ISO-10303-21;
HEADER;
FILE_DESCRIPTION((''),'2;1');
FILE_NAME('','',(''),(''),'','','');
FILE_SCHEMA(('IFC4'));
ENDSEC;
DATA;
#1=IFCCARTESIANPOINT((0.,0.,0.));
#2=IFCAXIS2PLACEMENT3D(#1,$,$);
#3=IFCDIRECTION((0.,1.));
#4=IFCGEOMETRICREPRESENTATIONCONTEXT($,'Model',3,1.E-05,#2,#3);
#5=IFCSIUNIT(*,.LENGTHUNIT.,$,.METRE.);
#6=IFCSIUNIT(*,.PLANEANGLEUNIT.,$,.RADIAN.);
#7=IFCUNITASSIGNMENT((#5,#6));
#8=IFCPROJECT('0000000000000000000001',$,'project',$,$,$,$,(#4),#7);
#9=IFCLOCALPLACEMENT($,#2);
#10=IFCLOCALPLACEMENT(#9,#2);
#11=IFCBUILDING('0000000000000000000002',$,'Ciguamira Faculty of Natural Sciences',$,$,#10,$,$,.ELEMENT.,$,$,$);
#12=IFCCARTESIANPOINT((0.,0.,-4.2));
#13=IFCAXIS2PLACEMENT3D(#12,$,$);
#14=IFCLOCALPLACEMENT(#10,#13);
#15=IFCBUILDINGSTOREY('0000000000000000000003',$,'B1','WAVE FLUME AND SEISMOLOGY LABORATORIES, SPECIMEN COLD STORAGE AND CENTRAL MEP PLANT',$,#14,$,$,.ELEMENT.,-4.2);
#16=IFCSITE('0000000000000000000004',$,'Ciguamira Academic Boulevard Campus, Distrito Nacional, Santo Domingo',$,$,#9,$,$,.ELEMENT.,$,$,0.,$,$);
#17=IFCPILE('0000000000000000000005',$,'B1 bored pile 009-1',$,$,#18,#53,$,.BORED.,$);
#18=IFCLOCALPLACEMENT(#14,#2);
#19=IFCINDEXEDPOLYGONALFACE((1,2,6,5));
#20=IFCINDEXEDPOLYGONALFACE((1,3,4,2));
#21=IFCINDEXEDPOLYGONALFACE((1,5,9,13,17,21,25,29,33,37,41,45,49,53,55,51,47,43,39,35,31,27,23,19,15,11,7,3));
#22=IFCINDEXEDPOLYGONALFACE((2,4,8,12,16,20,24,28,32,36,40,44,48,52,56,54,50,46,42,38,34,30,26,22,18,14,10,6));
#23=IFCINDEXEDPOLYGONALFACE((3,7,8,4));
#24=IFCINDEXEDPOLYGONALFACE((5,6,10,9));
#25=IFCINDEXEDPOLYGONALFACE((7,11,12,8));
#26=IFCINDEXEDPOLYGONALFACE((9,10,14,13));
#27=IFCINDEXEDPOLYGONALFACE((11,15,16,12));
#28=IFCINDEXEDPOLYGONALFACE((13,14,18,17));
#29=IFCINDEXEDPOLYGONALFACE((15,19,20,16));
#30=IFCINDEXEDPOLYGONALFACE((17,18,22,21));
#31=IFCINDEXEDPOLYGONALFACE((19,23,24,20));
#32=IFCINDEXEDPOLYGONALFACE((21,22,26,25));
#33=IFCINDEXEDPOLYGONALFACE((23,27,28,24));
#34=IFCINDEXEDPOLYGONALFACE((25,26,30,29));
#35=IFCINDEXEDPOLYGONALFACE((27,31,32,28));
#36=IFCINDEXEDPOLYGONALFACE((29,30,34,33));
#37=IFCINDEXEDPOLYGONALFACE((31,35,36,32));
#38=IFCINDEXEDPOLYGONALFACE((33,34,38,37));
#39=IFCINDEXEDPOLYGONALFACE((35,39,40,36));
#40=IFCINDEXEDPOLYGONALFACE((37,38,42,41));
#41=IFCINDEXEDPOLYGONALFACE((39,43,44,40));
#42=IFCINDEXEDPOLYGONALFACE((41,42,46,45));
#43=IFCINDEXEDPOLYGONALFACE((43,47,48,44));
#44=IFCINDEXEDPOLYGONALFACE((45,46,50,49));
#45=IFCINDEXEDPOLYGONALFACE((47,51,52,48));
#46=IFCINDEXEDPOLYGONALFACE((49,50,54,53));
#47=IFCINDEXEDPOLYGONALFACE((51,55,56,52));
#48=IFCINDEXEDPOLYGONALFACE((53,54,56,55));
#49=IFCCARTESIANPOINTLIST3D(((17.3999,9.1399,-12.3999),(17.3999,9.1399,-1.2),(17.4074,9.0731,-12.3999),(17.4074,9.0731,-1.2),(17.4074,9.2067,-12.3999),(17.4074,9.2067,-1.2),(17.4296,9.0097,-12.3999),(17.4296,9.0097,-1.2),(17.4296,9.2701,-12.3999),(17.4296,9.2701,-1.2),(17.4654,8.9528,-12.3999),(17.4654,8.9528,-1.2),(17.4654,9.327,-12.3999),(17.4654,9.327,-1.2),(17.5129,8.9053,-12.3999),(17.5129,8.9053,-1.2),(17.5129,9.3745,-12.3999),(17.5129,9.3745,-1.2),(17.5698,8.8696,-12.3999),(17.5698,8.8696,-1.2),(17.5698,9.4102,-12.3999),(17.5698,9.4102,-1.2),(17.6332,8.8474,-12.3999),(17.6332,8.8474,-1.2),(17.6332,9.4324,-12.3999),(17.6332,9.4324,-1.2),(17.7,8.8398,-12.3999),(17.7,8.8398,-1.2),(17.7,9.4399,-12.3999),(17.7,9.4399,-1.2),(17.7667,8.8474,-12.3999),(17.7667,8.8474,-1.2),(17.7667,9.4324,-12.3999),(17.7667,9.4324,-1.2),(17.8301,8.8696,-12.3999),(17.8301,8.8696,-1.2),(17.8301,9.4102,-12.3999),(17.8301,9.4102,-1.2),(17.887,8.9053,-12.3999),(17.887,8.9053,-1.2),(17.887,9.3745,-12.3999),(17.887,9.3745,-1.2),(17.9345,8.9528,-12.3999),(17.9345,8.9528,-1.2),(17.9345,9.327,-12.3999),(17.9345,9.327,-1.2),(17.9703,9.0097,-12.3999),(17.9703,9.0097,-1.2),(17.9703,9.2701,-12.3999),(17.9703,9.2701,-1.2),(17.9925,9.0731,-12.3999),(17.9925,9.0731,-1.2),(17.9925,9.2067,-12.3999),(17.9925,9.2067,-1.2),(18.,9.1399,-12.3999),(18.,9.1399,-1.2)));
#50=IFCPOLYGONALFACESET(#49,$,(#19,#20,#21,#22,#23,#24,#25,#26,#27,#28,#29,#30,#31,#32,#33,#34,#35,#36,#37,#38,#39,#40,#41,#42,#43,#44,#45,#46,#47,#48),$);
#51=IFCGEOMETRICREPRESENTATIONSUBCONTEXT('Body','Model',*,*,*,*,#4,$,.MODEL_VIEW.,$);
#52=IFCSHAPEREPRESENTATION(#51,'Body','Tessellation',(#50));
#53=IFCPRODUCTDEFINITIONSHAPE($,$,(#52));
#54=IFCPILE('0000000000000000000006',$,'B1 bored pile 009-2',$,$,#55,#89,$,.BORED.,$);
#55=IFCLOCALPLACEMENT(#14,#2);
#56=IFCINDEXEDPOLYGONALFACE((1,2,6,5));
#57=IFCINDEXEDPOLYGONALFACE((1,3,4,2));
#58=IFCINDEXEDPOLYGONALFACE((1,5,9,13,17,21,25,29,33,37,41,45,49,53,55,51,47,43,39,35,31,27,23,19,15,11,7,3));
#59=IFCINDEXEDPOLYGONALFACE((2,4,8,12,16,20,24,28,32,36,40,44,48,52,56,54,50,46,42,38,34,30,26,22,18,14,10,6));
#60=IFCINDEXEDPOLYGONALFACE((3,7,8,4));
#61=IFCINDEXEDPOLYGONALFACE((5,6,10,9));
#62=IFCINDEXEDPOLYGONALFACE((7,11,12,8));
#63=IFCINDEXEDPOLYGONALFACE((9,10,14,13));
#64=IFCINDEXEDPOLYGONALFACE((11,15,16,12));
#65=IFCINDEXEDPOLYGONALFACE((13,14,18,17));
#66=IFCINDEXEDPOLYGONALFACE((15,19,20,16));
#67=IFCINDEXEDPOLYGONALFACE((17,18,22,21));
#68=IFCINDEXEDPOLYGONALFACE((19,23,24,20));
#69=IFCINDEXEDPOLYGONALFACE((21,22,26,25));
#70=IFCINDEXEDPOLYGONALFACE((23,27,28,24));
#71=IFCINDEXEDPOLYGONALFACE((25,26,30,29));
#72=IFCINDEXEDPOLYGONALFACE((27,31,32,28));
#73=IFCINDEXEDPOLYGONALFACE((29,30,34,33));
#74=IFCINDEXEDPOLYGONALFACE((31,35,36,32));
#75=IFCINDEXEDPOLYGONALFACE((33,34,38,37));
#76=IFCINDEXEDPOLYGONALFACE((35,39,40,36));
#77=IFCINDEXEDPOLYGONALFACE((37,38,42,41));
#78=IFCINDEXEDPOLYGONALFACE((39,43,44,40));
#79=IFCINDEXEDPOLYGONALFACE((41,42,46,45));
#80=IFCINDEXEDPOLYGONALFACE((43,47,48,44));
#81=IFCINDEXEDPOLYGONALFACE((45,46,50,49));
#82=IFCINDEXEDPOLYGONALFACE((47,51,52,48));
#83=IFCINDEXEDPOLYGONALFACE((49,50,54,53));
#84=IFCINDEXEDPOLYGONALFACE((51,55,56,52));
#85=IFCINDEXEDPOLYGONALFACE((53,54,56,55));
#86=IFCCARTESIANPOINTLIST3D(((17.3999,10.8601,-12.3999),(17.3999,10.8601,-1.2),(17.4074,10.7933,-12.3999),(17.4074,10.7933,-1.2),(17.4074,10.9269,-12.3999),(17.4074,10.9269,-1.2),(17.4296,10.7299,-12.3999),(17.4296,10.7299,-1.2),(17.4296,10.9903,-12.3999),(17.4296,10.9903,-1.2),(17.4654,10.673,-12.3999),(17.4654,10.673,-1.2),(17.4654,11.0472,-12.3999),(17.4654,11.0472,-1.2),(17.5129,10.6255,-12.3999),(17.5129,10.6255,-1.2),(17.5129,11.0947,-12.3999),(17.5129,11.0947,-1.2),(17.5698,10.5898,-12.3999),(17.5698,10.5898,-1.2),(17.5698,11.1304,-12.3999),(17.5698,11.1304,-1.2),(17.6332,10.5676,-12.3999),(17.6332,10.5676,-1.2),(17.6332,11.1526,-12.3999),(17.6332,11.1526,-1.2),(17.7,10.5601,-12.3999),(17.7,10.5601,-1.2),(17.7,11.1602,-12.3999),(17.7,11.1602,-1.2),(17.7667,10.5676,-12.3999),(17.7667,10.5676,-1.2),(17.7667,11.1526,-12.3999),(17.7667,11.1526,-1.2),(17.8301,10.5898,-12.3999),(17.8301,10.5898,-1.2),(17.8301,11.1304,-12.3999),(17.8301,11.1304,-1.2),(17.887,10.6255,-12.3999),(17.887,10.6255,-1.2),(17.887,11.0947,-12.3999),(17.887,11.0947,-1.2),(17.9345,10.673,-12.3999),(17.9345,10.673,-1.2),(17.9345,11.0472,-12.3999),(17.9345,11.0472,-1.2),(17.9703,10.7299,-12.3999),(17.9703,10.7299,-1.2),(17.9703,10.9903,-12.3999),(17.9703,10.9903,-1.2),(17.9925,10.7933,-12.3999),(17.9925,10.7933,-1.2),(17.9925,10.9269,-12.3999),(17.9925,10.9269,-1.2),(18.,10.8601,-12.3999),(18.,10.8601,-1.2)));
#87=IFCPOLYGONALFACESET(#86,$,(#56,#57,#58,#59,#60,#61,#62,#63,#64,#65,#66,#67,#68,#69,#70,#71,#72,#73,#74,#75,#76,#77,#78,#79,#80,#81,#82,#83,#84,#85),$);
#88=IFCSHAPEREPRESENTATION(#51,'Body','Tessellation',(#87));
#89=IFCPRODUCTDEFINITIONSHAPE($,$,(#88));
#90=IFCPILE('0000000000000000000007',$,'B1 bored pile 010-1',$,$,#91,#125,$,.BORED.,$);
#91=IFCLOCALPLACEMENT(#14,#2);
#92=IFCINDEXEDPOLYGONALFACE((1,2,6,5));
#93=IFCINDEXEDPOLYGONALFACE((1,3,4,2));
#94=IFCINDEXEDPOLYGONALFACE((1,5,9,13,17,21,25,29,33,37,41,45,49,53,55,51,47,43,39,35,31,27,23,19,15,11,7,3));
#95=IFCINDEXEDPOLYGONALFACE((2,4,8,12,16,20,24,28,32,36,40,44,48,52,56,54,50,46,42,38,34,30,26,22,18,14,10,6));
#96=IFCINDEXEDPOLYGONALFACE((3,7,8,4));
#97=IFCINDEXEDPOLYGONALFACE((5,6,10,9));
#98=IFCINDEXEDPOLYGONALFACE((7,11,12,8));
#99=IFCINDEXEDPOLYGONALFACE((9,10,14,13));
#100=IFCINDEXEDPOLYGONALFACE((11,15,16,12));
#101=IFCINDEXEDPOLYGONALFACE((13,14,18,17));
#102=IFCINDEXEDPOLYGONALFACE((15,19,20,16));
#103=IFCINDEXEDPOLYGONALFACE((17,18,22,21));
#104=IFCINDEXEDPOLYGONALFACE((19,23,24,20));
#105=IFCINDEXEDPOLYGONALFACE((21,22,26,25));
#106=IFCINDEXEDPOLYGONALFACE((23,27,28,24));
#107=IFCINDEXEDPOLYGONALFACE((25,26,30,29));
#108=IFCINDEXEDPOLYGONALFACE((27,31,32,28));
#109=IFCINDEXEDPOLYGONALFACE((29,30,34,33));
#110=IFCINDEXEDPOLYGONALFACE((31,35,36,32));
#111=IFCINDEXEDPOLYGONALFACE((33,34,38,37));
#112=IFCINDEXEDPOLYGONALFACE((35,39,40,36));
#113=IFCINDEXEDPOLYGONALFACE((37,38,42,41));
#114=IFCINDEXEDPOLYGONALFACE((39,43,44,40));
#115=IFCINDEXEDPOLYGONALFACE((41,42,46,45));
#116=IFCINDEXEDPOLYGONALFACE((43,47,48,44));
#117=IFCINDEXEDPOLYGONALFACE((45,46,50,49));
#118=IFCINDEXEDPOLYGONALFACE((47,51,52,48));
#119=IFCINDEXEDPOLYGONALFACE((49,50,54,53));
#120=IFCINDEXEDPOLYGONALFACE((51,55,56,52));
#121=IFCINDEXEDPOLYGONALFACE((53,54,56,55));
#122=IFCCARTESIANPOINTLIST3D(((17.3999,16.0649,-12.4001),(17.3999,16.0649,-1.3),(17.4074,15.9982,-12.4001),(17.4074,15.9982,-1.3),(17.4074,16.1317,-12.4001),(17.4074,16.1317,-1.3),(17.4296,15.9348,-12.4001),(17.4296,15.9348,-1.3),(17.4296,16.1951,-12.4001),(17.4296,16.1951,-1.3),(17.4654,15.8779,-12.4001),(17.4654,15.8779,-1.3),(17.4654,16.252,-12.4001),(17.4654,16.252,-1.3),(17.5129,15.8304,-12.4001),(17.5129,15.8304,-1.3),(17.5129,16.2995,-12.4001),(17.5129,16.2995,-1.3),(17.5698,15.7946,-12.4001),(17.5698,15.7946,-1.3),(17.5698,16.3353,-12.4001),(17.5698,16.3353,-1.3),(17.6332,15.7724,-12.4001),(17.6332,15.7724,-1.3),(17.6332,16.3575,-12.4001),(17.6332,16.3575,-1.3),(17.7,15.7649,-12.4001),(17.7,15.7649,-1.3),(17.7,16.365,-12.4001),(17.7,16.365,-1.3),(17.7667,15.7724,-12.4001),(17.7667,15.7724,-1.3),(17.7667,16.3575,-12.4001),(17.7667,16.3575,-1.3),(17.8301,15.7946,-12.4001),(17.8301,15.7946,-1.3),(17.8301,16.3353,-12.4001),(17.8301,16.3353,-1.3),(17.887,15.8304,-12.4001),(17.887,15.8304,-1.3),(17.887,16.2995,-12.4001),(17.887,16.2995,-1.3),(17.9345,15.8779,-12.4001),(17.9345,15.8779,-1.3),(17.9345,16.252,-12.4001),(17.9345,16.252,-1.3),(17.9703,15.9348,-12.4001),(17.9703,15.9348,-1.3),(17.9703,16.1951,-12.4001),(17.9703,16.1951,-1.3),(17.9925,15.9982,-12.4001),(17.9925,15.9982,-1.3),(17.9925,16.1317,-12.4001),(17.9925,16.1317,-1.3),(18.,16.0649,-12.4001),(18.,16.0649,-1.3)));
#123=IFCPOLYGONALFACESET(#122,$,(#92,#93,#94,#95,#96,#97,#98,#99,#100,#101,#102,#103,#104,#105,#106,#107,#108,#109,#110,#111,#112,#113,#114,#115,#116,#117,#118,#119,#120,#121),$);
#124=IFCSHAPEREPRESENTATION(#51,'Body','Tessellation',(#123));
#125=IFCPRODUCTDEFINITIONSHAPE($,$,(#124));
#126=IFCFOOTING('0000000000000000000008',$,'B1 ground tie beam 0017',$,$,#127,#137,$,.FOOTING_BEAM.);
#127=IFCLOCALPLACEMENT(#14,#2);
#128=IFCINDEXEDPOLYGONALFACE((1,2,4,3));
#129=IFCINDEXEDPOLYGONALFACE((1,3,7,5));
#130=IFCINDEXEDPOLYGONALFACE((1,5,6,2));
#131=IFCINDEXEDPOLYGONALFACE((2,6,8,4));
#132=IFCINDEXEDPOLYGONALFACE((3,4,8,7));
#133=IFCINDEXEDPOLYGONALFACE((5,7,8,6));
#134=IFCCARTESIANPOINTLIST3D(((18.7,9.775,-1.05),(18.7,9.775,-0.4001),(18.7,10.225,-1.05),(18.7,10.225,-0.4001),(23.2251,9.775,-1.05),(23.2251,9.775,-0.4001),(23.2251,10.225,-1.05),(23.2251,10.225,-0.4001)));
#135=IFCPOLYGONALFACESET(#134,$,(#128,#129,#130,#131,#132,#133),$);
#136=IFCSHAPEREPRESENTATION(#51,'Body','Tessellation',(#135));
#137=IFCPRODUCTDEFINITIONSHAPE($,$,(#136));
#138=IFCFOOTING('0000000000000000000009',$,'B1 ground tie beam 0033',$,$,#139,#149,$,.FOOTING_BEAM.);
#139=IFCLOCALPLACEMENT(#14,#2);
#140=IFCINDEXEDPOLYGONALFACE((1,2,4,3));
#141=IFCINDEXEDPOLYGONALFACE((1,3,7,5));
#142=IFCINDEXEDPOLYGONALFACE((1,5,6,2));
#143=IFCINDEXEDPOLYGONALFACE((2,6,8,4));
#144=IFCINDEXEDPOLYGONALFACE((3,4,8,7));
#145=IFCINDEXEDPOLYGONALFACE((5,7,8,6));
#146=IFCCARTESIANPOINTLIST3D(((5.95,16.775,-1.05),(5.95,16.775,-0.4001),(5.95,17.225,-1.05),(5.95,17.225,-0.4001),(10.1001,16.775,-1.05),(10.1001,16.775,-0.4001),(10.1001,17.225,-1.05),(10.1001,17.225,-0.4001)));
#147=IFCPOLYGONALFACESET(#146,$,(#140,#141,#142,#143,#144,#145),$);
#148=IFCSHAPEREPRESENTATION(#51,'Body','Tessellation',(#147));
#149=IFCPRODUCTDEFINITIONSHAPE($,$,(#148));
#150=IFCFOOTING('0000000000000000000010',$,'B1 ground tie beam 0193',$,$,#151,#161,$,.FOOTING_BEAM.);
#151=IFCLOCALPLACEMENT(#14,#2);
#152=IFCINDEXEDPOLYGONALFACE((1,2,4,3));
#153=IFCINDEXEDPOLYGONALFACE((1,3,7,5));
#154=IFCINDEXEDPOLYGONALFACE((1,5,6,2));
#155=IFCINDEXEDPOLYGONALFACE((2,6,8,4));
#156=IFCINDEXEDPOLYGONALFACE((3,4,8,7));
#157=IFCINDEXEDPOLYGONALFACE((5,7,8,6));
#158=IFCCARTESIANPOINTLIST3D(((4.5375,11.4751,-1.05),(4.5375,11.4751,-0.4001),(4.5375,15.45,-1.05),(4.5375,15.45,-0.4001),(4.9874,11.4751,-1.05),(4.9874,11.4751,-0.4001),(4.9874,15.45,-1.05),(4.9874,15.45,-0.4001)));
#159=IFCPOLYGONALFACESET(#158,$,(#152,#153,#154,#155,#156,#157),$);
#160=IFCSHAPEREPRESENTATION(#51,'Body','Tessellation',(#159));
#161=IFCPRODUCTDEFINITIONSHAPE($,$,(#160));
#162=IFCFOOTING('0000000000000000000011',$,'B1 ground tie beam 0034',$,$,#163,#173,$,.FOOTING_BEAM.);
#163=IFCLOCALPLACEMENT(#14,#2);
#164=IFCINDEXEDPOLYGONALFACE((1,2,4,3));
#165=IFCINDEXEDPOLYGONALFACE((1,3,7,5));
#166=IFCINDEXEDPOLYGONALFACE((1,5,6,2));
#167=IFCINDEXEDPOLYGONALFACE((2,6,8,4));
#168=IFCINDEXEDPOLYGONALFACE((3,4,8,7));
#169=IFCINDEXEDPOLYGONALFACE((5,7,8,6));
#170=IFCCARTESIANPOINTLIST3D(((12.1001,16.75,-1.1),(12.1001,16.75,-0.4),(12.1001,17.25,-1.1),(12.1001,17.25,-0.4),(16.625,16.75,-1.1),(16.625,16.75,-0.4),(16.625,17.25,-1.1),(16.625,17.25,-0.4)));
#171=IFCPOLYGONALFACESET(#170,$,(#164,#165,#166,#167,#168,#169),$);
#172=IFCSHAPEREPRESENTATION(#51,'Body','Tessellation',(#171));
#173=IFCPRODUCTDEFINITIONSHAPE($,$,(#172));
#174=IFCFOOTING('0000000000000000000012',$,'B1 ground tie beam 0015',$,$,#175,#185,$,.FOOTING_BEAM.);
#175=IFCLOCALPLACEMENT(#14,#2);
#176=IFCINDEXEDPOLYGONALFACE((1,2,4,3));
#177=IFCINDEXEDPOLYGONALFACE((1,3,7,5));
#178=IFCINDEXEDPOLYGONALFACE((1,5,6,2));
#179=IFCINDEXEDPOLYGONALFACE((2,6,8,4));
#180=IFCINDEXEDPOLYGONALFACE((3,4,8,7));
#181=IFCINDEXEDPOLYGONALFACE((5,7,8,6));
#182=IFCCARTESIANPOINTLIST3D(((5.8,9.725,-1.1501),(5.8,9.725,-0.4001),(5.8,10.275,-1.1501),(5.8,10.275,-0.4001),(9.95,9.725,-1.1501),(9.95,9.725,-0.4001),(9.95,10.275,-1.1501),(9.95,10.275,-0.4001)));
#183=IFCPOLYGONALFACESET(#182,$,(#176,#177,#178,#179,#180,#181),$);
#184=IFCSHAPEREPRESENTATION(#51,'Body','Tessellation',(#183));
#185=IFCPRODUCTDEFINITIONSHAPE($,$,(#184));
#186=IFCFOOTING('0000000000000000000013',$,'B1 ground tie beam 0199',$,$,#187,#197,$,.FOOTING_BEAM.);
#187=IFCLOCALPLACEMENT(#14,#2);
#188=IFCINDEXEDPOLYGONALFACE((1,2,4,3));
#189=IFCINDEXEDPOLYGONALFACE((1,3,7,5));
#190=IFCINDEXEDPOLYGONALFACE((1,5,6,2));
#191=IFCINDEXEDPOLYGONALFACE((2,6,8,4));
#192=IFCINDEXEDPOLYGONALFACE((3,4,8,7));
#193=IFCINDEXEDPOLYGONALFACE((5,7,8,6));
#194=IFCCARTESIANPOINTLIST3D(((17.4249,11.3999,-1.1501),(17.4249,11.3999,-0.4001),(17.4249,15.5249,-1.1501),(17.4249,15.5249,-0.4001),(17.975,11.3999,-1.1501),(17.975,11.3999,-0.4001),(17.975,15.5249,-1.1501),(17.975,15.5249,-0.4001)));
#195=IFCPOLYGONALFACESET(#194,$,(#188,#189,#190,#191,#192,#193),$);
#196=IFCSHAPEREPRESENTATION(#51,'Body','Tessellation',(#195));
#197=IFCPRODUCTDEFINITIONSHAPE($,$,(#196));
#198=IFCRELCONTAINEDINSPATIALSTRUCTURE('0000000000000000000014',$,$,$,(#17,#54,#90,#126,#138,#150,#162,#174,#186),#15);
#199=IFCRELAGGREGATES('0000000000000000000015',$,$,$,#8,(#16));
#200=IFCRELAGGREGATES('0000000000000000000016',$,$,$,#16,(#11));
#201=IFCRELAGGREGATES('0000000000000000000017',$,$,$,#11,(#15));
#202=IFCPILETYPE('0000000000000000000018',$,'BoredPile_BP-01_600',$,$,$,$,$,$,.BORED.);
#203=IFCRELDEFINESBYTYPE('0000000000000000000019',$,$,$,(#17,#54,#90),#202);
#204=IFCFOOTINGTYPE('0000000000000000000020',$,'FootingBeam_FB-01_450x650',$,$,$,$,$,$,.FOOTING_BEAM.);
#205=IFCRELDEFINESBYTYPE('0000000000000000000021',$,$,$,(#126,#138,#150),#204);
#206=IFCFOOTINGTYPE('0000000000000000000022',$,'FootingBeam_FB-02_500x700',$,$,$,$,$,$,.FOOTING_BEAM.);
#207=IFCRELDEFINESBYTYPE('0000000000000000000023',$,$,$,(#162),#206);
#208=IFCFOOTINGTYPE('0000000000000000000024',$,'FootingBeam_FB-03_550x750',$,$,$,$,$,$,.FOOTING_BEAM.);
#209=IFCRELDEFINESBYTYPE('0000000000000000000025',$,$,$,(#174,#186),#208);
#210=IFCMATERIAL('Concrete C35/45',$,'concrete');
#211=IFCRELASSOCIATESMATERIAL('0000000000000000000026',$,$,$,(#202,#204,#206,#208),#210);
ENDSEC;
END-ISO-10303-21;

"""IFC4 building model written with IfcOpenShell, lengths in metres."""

from ifc_helpers import new_model, si_unit, direction, frame, origin, origin_2d, place, context, subcontext, project, spatial, rectangle, circle, extrude, material, material_profile, profile_set, type_object, element, save


model = new_model("IFC4")

# Units and contexts
model_context = context("Model", 3, precision=1e-05, world=origin(), true_north=direction((0.0, 1.0)))
body_context = subcontext(model_context, "Body", "Model", "MODEL_VIEW")
ifc_project = project(units=[si_unit("LENGTHUNIT", "METRE"), si_unit("PLANEANGLEUNIT", "RADIAN")], contexts=[model_context])

# Site, building, storey
site_placement = place(None, origin())
site = spatial("IfcSite", under=ifc_project, at=site_placement, Name="Ciguamira Academic Boulevard Campus, Distrito Nacional, Santo Domingo", CompositionType="ELEMENT", RefElevation=0.0)
building_placement = place(site_placement, origin())
building = spatial("IfcBuilding", under=site, at=building_placement, Name="Ciguamira Faculty of Natural Sciences", CompositionType="ELEMENT")
storey_placement = place(building_placement, frame((0.0, 0.0, -4.2)))
storey = spatial("IfcBuildingStorey", under=building, at=storey_placement, Name="B1", Description="WAVE FLUME AND SEISMOLOGY LABORATORIES, SPECIMEN COLD STORAGE AND CENTRAL MEP PLANT", CompositionType="ELEMENT", Elevation=-4.2)

# Piles
ifc_material_1 = material(Name="Concrete C35/45", Category="concrete")
ifc_material_profile_1 = material_profile(ifc_material_1, circle(Radius=0.3, at=origin_2d()), Name="PILE-BORED-600")
ifc_profile_set_1 = profile_set([ifc_material_profile_1], Name="Concrete C35/45")
pile_type = type_object("IfcPileType", Name="BoredPile_BP-01_600", PredefinedType="BORED", material=ifc_profile_set_1)
for number, where, z_axis, x_axis, name in (
    (1, (17.7, 9.1399, -1.2), (0.0, 0.0, -1.0), (1.0, 0.0, 0.0), "B1 bored pile 009-1"),
    (2, (17.7, 10.8601, -1.2), (0.0, 0.0, -1.0), (1.0, 0.0, 0.0), "B1 bored pile 009-2"),
):
    element("IfcPile", number, at=place(storey_placement, frame(where, z_axis=z_axis, x_axis=x_axis)), inside=storey, type_object=pile_type, Name=name, PredefinedType="BORED", context=body_context, shape_type="SweptSolid", body=[
        extrude(circle(Radius=0.3, at=origin_2d()), origin(), (0.0, 0.0, 1.0), 11.2),
    ])
pile_placement = place(storey_placement, frame((17.7, 16.0649, -1.3), z_axis=(0.0, 0.0, -1.0), x_axis=(1.0, 0.0, 0.0)))
element("IfcPile", 3, at=pile_placement, inside=storey, type_object=pile_type, Name="B1 bored pile 010-1", PredefinedType="BORED", context=body_context, shape_type="SweptSolid", body=[
    extrude(circle(Radius=0.3, at=origin_2d()), origin(), (0.0, 0.0, 1.0), 11.1001),
])

# Footings
ifc_material_profile_2 = material_profile(ifc_material_1, rectangle(XDim=0.45, YDim=0.6499, at=origin_2d()), Name="RC-FB-450X650")
ifc_profile_set_2 = profile_set([ifc_material_profile_2], Name="Concrete C35/45")
footing_type_1 = type_object("IfcFootingType", Name="FootingBeam_FB-01_450x650", PredefinedType="FOOTING_BEAM", material=ifc_profile_set_2)
footing_1_placement = place(storey_placement, frame((18.7, 10.0, -0.7251), z_axis=(1.0, 0.0, 0.0), x_axis=(0.0, 1.0, 0.0)))
element("IfcFooting", 4, at=footing_1_placement, inside=storey, type_object=footing_type_1, Name="B1 ground tie beam 0017", PredefinedType="FOOTING_BEAM", context=body_context, shape_type="SweptSolid", body=[
    extrude(rectangle(XDim=0.45, YDim=0.6499, at=origin_2d()), origin(), (0.0, 0.0, 1.0), 4.5251),
])
footing_2_placement = place(storey_placement, frame((5.95, 17.0, -0.7251), z_axis=(1.0, 0.0, 0.0), x_axis=(0.0, 1.0, 0.0)))
element("IfcFooting", 5, at=footing_2_placement, inside=storey, type_object=footing_type_1, Name="B1 ground tie beam 0033", PredefinedType="FOOTING_BEAM", context=body_context, shape_type="SweptSolid", body=[
    extrude(rectangle(XDim=0.45, YDim=0.6499, at=origin_2d()), origin(), (0.0, 0.0, 1.0), 4.1501),
])
footing_3_placement = place(storey_placement, frame((4.7625, 11.4751, -0.7251), z_axis=(0.0, 1.0, 0.0), x_axis=(-1.0, 0.0, 0.0)))
element("IfcFooting", 6, at=footing_3_placement, inside=storey, type_object=footing_type_1, Name="B1 ground tie beam 0193", PredefinedType="FOOTING_BEAM", context=body_context, shape_type="SweptSolid", body=[
    extrude(rectangle(XDim=0.45, YDim=0.6499, at=origin_2d()), origin(), (0.0, 0.0, 1.0), 3.9749),
])
ifc_material_profile_3 = material_profile(ifc_material_1, rectangle(XDim=0.5, YDim=0.7, at=origin_2d()), Name="RC-FB-500X700")
ifc_profile_set_3 = profile_set([ifc_material_profile_3], Name="Concrete C35/45")
footing_type_2 = type_object("IfcFootingType", Name="FootingBeam_FB-02_500x700", PredefinedType="FOOTING_BEAM", material=ifc_profile_set_3)
footing_4_placement = place(storey_placement, frame((12.1001, 17.0, -0.75), z_axis=(1.0, 0.0, 0.0), x_axis=(0.0, 1.0, 0.0)))
element("IfcFooting", 7, at=footing_4_placement, inside=storey, type_object=footing_type_2, Name="B1 ground tie beam 0034", PredefinedType="FOOTING_BEAM", context=body_context, shape_type="SweptSolid", body=[
    extrude(rectangle(XDim=0.5, YDim=0.7, at=origin_2d()), origin(), (0.0, 0.0, 1.0), 4.5249),
])
ifc_material_profile_4 = material_profile(ifc_material_1, rectangle(XDim=0.55, YDim=0.75, at=origin_2d()), Name="RC-FB-550X750")
ifc_profile_set_4 = profile_set([ifc_material_profile_4], Name="Concrete C35/45")
footing_type_3 = type_object("IfcFootingType", Name="FootingBeam_FB-03_550x750", PredefinedType="FOOTING_BEAM", material=ifc_profile_set_4)
footing_5_placement = place(storey_placement, frame((5.8, 10.0, -0.7751), z_axis=(1.0, 0.0, 0.0), x_axis=(0.0, 1.0, 0.0)))
element("IfcFooting", 8, at=footing_5_placement, inside=storey, type_object=footing_type_3, Name="B1 ground tie beam 0015", PredefinedType="FOOTING_BEAM", context=body_context, shape_type="SweptSolid", body=[
    extrude(rectangle(XDim=0.55, YDim=0.75, at=origin_2d()), origin(), (0.0, 0.0, 1.0), 4.1499),
])
footing_6_placement = place(storey_placement, frame((17.7, 11.3999, -0.7751), z_axis=(0.0, 1.0, 0.0), x_axis=(-1.0, 0.0, 0.0)))
element("IfcFooting", 9, at=footing_6_placement, inside=storey, type_object=footing_type_3, Name="B1 ground tie beam 0199", PredefinedType="FOOTING_BEAM", context=body_context, shape_type="SweptSolid", body=[
    extrude(rectangle(XDim=0.55, YDim=0.75, at=origin_2d()), origin(), (0.0, 0.0, 1.0), 4.125),
])

save(model, "model.ifc")
